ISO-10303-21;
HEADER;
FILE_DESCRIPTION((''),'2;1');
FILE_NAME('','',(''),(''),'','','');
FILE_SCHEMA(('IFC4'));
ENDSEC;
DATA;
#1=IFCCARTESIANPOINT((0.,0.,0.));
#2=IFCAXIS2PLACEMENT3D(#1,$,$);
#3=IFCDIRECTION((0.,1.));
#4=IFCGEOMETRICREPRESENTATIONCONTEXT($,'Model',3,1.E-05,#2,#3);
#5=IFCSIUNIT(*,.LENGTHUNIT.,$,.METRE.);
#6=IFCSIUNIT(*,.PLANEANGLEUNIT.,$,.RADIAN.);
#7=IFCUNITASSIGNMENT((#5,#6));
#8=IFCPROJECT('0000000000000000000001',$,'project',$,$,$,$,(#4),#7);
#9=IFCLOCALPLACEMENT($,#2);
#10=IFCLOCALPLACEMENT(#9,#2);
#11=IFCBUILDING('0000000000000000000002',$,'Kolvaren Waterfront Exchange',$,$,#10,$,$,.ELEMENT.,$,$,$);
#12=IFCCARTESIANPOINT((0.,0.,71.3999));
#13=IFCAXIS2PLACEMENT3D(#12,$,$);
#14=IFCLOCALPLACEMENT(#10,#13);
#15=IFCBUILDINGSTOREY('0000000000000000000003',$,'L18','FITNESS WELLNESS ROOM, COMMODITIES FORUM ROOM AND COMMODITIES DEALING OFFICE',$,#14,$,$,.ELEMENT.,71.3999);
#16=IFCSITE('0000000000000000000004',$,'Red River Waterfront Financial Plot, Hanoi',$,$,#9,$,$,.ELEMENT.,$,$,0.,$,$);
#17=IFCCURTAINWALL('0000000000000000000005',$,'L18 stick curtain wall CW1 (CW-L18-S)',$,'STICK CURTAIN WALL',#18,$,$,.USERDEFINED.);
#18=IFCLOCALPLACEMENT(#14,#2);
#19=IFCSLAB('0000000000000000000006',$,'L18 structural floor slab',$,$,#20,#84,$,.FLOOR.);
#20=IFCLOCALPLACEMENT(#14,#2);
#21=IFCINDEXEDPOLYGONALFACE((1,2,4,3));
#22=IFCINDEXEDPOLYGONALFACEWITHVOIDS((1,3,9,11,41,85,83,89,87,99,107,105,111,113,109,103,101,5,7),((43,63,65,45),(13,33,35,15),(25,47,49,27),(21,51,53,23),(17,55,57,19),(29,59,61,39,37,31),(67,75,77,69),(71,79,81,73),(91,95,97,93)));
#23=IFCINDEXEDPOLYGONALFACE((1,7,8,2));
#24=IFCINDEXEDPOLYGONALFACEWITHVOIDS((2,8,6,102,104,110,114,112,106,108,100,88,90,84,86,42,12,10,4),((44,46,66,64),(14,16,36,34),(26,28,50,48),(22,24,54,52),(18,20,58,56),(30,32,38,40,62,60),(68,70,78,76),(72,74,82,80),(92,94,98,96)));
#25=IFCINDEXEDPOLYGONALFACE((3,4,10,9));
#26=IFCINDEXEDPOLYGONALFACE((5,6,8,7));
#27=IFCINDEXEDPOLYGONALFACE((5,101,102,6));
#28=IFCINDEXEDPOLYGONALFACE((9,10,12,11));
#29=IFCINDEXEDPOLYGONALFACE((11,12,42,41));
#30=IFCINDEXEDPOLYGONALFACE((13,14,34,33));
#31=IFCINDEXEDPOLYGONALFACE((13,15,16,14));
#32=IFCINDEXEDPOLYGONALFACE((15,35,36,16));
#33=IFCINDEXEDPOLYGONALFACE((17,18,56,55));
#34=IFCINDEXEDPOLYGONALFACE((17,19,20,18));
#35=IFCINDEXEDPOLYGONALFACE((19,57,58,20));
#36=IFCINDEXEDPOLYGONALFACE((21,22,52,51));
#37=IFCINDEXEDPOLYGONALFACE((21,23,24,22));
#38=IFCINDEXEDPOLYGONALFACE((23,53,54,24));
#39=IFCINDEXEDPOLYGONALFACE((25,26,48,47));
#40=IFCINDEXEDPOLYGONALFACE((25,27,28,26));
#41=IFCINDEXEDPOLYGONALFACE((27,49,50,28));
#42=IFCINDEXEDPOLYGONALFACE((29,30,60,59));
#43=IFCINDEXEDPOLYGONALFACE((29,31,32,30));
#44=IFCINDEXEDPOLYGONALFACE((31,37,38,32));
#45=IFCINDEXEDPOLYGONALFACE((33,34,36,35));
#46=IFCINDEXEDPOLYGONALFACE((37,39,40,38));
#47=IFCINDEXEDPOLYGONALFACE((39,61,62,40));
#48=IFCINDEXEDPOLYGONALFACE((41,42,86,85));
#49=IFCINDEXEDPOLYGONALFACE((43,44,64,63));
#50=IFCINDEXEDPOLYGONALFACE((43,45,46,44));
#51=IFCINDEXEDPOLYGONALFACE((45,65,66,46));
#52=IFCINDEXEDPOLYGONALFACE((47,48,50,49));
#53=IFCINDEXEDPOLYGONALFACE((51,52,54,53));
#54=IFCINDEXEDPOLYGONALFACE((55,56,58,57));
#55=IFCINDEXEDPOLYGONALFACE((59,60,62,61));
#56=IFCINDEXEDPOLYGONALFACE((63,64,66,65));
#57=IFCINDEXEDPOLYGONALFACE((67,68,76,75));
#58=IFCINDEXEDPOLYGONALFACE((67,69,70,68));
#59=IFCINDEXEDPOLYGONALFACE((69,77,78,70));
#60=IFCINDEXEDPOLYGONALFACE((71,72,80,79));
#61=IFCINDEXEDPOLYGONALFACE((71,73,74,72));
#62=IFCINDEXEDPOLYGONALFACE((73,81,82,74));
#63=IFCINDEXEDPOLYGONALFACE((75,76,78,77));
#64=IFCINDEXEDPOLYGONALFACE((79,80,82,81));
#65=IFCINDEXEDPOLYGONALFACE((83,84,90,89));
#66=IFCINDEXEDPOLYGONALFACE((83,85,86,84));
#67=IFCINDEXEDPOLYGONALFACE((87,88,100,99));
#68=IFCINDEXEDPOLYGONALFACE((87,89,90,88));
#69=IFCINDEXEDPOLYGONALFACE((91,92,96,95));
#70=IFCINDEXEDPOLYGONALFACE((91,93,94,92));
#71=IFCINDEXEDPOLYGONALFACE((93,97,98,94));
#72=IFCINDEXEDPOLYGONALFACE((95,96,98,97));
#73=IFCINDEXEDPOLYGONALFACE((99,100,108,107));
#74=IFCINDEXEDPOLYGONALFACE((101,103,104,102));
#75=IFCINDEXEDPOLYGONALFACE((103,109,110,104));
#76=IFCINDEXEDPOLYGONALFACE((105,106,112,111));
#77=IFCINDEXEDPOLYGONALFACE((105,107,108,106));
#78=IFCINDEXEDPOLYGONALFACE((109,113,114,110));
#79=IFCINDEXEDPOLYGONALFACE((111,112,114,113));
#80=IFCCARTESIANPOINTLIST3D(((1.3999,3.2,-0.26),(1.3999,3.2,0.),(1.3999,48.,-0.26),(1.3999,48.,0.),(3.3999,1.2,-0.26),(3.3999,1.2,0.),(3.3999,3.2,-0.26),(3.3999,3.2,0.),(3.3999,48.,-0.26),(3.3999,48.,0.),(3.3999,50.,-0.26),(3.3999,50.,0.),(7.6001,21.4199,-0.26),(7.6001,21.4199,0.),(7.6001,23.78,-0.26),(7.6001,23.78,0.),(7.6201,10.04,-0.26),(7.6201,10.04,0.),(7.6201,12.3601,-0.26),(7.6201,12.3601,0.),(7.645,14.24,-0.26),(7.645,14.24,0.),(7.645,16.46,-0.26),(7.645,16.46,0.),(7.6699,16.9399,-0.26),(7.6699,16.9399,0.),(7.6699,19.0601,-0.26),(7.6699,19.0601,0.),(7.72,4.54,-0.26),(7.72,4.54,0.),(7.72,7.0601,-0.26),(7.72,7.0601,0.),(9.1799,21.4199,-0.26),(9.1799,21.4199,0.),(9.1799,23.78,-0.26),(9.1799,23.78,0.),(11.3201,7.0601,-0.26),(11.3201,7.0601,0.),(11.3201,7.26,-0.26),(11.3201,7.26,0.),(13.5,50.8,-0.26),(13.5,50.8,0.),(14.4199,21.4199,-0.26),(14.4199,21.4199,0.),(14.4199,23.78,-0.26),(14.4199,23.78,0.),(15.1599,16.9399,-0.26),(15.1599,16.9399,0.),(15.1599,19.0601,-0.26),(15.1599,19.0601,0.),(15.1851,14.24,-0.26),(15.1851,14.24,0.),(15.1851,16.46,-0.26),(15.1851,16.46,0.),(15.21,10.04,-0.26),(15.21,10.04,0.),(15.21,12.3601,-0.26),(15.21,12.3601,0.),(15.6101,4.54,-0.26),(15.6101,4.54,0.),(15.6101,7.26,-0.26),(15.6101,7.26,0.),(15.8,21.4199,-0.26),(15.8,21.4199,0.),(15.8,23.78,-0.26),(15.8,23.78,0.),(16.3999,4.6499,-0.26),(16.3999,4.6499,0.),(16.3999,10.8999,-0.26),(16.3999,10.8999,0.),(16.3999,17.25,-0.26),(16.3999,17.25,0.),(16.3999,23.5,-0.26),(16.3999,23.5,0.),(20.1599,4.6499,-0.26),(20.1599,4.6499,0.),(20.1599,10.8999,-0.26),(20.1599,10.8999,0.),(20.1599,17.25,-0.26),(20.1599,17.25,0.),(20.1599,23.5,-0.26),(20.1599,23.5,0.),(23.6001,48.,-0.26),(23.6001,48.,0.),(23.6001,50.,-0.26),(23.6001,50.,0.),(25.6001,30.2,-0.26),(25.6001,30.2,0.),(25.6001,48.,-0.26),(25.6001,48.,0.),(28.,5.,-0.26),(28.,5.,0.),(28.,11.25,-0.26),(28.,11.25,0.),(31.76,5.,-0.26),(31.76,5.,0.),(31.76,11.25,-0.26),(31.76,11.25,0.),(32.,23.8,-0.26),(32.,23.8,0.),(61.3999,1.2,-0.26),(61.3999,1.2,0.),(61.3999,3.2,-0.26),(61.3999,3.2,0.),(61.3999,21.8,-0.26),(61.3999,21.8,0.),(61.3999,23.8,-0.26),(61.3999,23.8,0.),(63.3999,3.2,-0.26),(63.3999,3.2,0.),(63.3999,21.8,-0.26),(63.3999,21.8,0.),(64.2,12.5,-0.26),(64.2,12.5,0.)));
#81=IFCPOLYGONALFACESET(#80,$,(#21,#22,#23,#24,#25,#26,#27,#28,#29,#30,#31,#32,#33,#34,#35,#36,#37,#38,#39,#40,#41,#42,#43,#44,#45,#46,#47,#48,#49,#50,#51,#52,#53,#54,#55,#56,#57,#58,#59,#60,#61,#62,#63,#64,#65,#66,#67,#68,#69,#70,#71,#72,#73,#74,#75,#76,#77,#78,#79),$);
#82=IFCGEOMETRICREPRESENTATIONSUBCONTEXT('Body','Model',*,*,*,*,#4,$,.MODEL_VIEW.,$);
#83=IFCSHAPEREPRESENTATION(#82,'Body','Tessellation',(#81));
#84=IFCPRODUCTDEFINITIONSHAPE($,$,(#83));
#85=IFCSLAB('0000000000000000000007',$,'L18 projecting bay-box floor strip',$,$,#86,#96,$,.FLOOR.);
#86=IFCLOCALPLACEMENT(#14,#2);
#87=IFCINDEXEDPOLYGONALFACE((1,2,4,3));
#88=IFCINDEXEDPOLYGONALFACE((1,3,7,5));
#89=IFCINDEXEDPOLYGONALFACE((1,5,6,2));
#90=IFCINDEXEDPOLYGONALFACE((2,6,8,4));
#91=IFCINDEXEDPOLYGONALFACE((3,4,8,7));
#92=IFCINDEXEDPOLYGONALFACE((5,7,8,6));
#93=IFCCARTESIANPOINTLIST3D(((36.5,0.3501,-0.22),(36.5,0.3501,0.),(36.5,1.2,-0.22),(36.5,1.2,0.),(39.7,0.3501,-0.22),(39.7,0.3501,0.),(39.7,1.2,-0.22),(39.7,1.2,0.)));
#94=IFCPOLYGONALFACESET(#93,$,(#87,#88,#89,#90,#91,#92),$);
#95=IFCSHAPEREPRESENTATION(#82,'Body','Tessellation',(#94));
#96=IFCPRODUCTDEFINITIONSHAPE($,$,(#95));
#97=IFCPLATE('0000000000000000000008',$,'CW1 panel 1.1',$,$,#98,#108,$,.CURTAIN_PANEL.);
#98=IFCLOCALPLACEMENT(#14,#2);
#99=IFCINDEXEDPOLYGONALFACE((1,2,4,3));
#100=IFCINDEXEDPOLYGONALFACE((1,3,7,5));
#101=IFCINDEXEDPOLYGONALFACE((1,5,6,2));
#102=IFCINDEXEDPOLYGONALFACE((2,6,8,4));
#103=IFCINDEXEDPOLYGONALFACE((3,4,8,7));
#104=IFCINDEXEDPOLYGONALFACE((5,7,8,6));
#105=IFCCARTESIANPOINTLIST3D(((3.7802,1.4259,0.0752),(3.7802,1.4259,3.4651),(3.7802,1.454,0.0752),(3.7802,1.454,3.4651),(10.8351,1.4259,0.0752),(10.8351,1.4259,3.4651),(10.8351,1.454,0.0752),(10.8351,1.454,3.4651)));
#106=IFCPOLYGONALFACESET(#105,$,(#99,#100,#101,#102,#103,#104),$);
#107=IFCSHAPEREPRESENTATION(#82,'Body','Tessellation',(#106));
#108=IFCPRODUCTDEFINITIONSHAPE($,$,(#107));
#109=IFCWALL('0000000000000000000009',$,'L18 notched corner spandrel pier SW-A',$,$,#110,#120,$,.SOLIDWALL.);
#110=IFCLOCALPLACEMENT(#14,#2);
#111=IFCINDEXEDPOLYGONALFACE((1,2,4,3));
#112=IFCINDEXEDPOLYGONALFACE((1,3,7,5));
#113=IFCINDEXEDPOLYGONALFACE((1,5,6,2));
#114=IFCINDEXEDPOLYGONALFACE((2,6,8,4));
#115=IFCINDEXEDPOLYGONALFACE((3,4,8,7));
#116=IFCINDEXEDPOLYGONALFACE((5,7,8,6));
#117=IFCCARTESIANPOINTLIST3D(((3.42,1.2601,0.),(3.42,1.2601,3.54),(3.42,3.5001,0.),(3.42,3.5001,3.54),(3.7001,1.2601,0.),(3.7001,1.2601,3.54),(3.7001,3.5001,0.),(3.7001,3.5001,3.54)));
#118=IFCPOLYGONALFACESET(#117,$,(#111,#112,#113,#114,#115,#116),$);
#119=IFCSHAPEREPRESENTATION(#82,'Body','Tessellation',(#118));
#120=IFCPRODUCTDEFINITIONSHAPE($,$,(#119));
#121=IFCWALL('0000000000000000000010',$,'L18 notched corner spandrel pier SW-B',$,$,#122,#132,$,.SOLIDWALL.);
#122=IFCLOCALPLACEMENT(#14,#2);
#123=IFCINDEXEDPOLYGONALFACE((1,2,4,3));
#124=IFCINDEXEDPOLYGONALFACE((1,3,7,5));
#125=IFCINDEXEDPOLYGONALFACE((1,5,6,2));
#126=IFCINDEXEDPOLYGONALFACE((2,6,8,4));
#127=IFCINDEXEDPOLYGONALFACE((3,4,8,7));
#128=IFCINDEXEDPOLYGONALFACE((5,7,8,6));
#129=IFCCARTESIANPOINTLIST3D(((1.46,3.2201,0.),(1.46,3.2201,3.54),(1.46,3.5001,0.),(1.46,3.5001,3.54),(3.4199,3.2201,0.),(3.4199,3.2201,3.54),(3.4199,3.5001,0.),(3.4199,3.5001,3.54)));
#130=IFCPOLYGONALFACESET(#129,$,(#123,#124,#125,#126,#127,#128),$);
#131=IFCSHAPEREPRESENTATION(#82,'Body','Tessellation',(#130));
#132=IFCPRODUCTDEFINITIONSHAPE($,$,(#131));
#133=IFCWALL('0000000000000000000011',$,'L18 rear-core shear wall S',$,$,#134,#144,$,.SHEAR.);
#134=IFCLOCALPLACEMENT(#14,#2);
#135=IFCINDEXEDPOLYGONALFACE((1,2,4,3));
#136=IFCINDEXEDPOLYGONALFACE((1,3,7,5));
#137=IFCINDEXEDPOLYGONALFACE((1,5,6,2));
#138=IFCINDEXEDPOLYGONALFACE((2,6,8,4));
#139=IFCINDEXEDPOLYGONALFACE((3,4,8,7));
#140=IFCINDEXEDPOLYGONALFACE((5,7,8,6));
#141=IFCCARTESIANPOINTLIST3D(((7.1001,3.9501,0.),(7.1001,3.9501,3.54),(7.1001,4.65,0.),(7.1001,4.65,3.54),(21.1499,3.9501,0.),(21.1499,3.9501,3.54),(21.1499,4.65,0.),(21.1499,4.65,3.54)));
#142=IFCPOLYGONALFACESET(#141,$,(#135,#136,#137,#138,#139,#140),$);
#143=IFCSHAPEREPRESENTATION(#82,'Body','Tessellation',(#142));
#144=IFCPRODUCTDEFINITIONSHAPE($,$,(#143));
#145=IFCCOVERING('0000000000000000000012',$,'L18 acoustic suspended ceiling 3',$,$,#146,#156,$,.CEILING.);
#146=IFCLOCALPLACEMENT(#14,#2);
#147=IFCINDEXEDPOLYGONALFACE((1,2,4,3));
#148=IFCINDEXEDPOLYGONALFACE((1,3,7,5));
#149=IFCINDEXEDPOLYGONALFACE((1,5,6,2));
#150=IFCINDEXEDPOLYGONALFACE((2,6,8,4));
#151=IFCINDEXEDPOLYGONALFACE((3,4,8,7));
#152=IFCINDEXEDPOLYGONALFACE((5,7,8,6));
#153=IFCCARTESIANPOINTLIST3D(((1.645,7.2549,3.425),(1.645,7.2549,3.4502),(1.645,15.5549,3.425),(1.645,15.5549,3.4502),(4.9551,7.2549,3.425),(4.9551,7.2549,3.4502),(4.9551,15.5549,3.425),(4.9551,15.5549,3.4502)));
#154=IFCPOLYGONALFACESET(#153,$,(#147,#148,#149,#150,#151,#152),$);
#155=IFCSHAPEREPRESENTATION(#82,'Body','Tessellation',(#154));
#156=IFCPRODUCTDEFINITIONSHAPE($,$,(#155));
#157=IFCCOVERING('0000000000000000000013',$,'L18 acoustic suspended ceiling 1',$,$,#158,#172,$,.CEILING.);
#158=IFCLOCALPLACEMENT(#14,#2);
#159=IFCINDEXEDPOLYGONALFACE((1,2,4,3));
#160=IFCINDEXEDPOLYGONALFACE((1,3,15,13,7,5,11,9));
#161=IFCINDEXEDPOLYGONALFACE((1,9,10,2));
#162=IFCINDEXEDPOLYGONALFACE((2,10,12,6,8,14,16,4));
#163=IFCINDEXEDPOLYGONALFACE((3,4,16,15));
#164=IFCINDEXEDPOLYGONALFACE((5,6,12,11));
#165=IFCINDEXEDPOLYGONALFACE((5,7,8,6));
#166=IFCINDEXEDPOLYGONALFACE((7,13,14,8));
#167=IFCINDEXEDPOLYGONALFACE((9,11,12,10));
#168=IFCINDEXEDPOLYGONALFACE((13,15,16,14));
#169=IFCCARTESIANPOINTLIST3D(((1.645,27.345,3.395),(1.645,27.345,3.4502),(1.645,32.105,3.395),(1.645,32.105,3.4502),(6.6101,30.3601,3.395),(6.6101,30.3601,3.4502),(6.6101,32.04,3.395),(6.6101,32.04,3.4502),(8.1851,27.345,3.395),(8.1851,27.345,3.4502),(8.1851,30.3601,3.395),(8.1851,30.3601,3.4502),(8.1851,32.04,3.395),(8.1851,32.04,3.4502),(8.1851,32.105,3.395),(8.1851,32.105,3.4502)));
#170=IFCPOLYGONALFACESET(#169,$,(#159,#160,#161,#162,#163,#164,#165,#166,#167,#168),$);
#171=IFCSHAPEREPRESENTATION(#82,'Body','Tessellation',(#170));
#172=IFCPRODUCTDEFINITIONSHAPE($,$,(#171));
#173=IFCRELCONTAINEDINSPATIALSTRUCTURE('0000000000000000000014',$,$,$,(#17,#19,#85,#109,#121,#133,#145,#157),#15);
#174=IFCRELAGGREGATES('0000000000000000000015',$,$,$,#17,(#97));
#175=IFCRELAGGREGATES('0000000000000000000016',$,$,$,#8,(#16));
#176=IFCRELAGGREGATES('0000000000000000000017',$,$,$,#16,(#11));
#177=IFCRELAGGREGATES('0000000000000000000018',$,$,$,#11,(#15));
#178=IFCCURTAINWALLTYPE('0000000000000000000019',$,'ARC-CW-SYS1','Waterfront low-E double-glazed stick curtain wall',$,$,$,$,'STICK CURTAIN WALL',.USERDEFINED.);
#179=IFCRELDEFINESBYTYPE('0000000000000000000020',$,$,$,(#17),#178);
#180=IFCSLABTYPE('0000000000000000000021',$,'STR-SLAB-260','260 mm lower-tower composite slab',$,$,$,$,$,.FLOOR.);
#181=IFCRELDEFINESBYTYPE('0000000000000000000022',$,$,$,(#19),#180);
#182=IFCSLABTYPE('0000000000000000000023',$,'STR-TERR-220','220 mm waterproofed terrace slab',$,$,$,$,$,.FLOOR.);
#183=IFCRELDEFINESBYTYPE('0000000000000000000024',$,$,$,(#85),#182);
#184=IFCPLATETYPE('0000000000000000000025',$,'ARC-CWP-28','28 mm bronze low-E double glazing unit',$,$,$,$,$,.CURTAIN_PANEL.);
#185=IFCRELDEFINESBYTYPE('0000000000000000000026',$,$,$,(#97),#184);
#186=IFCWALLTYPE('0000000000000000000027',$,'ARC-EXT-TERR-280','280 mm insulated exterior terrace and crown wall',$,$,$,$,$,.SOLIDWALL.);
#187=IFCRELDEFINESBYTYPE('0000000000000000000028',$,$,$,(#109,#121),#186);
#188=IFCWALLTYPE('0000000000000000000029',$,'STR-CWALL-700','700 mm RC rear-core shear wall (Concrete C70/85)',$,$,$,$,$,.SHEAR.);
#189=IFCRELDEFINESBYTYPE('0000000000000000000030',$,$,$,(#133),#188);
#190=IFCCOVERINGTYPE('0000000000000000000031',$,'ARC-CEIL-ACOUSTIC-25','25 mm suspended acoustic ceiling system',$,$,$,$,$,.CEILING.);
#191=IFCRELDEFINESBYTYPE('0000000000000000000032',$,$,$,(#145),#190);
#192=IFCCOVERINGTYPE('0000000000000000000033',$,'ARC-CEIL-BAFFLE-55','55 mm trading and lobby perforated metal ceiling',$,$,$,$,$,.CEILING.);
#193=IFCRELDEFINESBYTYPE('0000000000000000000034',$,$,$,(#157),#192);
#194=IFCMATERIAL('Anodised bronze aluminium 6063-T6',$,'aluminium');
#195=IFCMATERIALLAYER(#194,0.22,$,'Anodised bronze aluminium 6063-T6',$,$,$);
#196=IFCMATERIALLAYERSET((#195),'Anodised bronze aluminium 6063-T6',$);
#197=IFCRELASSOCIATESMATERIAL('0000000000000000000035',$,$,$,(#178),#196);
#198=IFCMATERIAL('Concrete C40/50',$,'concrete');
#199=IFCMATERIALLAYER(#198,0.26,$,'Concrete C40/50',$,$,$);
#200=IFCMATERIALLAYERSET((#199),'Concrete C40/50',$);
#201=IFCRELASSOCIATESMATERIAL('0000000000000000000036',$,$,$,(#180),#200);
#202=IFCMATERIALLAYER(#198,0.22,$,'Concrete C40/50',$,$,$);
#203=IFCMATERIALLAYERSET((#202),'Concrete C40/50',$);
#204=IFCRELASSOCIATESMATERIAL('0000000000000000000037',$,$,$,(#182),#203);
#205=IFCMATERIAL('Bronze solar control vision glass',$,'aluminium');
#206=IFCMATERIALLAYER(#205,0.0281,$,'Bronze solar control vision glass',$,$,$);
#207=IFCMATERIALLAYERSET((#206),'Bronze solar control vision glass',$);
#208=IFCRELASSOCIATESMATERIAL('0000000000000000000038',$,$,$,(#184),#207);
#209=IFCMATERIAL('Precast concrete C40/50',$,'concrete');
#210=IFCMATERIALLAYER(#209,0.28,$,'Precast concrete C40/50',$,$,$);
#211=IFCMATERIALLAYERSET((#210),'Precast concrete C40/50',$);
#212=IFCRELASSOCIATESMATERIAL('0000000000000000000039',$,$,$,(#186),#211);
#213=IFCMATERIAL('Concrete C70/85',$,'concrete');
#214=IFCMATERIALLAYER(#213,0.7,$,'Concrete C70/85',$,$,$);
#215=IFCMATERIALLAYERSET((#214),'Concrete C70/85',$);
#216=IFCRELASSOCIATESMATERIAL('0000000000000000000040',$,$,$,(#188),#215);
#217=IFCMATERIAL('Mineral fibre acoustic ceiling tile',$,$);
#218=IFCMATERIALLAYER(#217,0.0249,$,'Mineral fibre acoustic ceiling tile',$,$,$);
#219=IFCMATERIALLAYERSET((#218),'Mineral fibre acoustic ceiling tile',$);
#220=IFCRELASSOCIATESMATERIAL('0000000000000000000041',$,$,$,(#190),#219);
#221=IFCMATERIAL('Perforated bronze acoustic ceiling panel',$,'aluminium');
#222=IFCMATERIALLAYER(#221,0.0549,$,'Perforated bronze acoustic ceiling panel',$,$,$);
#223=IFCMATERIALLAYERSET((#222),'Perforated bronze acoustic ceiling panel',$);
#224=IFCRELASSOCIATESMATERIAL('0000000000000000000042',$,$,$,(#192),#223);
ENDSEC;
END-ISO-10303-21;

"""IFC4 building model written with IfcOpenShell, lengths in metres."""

from ifc_helpers import new_model, si_unit, direction, frame, frame_2d, origin, origin_with_axes, origin_2d, place, context, subcontext, project, spatial, polyline, rectangle, outline, extrude, source, transform, mapped, material, layer, layer_set, type_object, element, aggregate, save


model = new_model("IFC4")

# Units and contexts
model_context = context("Model", 3, precision=1e-05, world=origin(), true_north=direction((0.0, 1.0)))
body_context = subcontext(model_context, "Body", "Model", "MODEL_VIEW")
ifc_project = project(units=[si_unit("LENGTHUNIT", "METRE"), si_unit("PLANEANGLEUNIT", "RADIAN")], contexts=[model_context])

# Site, building, storey
site_placement = place(None, origin())
site = spatial("IfcSite", under=ifc_project, at=site_placement, Name="Red River Waterfront Financial Plot, Hanoi", CompositionType="ELEMENT", RefElevation=0.0)
building_placement = place(site_placement, origin())
building = spatial("IfcBuilding", under=site, at=building_placement, Name="Kolvaren Waterfront Exchange", CompositionType="ELEMENT")
storey_placement = place(building_placement, frame((0.0, 0.0, 71.3999)))
storey = spatial("IfcBuildingStorey", under=building, at=storey_placement, Name="L18", Description="FITNESS WELLNESS ROOM, COMMODITIES FORUM ROOM AND COMMODITIES DEALING OFFICE", CompositionType="ELEMENT", Elevation=71.3999)

# Curtain wall
ifc_material_1 = material(Name="Anodised bronze aluminium 6063-T6", Category="aluminium")
ifc_layer_1 = layer(ifc_material_1, 0.22, Name="Anodised bronze aluminium 6063-T6")
ifc_layer_set_1 = layer_set([ifc_layer_1], Name="Anodised bronze aluminium 6063-T6")
curtain_wall_type_1 = type_object("IfcCurtainWallType", Name="ARC-CW-SYS1", Description="Waterfront low-E double-glazed stick curtain wall", ElementType="STICK CURTAIN WALL", PredefinedType="USERDEFINED", material=ifc_layer_set_1)
curtain_wall_1_placement = place(storey_placement, origin())
curtain_wall_1 = element("IfcCurtainWall", 1, at=curtain_wall_1_placement, inside=storey, type_object=curtain_wall_type_1, Name="L18 stick curtain wall CW1 (CW-L18-S)", ObjectType="STICK CURTAIN WALL", PredefinedType="USERDEFINED")

# Shared definitions
ifc_material_2 = material(Name="Concrete C40/50", Category="concrete")

# Slabs
ifc_layer_2 = layer(ifc_material_2, 0.26, Name="Concrete C40/50")
ifc_layer_set_2 = layer_set([ifc_layer_2], Name="Concrete C40/50")
slab_type_1 = type_object("IfcSlabType", Name="STR-SLAB-260", Description="260 mm lower-tower composite slab", PredefinedType="FLOOR", material=ifc_layer_set_2)
slab_1_placement = place(storey_placement, frame((0.0, 0.0, -0.26)))
element("IfcSlab", 2, at=slab_1_placement, inside=storey, type_object=slab_type_1, Name="L18 structural floor slab", PredefinedType="FLOOR", context=body_context, shape_type="SweptSolid", body=[
    extrude(outline(polyline([(3.3999, 1.2), (61.3999, 1.2), (61.3999, 3.2), (63.3999, 3.2), (64.2, 12.5), (63.3999, 21.8), (61.3999, 21.8), (61.3999, 23.8), (32.0, 23.8), (25.6001, 30.2), (25.6001, 48.0), (23.6001, 48.0), (23.6001, 50.0), (13.5, 50.8), (3.3999, 50.0), (3.3999, 48.0), (1.3999, 48.0), (1.3999, 3.2), (3.3999, 3.2), (3.3999, 1.2)]), holes=[polyline([(11.3201, 7.26), (15.6101, 7.26), (15.6101, 4.54), (7.72, 4.54), (7.72, 7.0601), (11.3201, 7.0601), (11.3201, 7.26)]), polyline([(20.1599, 4.6499), (16.3999, 4.6499), (16.3999, 10.8999), (20.1599, 10.8999), (20.1599, 4.6499)]), polyline([(31.76, 5.0), (28.0, 5.0), (28.0, 11.25), (31.76, 11.25), (31.76, 5.0)]), polyline([(15.21, 10.04), (7.6201, 10.04), (7.6201, 12.3601), (15.21, 12.3601), (15.21, 10.04)]), polyline([(7.645, 16.46), (15.1851, 16.46), (15.1851, 14.24), (7.645, 14.24), (7.645, 16.46)]), polyline([(15.1599, 16.9399), (7.6699, 16.9399), (7.6699, 19.0601), (15.1599, 19.0601), (15.1599, 16.9399)]), polyline([(16.3999, 23.5), (20.1599, 23.5), (20.1599, 17.25), (16.3999, 17.25), (16.3999, 23.5)]), polyline([(7.6001, 23.78), (9.1799, 23.78), (9.1799, 21.4199), (7.6001, 21.4199), (7.6001, 23.78)]), polyline([(15.8, 23.78), (15.8, 21.4199), (14.4199, 21.4199), (14.4199, 23.78), (15.8, 23.78)])]), origin(), (0.0, 0.0, 1.0), 0.26),
])
ifc_layer_3 = layer(ifc_material_2, 0.22, Name="Concrete C40/50")
ifc_layer_set_3 = layer_set([ifc_layer_3], Name="Concrete C40/50")
slab_type_2 = type_object("IfcSlabType", Name="STR-TERR-220", Description="220 mm waterproofed terrace slab", PredefinedType="FLOOR", material=ifc_layer_set_3)
slab_2_placement = place(storey_placement, frame((0.0, 0.0, -0.22)))
element("IfcSlab", 3, at=slab_2_placement, inside=storey, type_object=slab_type_2, Name="L18 projecting bay-box floor strip", PredefinedType="FLOOR", context=body_context, shape_type="SweptSolid", body=[
    extrude(outline(polyline([(36.5, 0.3501), (39.7, 0.3501), (39.7, 1.2), (36.5, 1.2), (36.5, 0.3501)])), origin(), (0.0, 0.0, 1.0), 0.22),
])

# Plate
ifc_material_3 = material(Name="Bronze solar control vision glass", Category="aluminium")
ifc_layer_4 = layer(ifc_material_3, 0.0281, Name="Bronze solar control vision glass")
ifc_layer_set_4 = layer_set([ifc_layer_4], Name="Bronze solar control vision glass")
plate_type = type_object("IfcPlateType", Name="ARC-CWP-28", Description="28 mm bronze low-E double glazing unit", PredefinedType="CURTAIN_PANEL", material=ifc_layer_set_4)
shared_shape_1 = source(origin_with_axes(), body_context, "Body", "SweptSolid", [
    extrude(rectangle(XDim=7.0549, YDim=0.0281, at=origin_2d()), origin(), (0.0, 0.0, 1.0), 3.3899),
])
plate_placement = place(storey_placement, frame((7.3076, 1.4399, 0.0752), z_axis=(0.0, 0.0, 1.0), x_axis=(1.0, 0.0, 0.0)))
plate = element("IfcPlate", 4, at=plate_placement, type_object=plate_type, Name="CW1 panel 1.1", PredefinedType="CURTAIN_PANEL", context=body_context, shape_type="MappedRepresentation", body=[
    mapped(shared_shape_1, transform((0.0, 0.0, 0.0), x_axis=(1.0, 0.0, 0.0), y_axis=(0.0, 1.0, 0.0), z_axis=(0.0, 0.0, 1.0), scale=1.0)),
])
aggregate(curtain_wall_1, [plate])

# Walls
ifc_material_4 = material(Name="Precast concrete C40/50", Category="concrete")
ifc_layer_5 = layer(ifc_material_4, 0.28, Name="Precast concrete C40/50")
ifc_layer_set_5 = layer_set([ifc_layer_5], Name="Precast concrete C40/50")
wall_type_1 = type_object("IfcWallType", Name="ARC-EXT-TERR-280", Description="280 mm insulated exterior terrace and crown wall", PredefinedType="SOLIDWALL", material=ifc_layer_set_5)
wall_1_placement = place(storey_placement, frame((3.5601, 1.26, 0.0), z_axis=(0.0, 0.0, 1.0), x_axis=(0.0, 1.0, 0.0)))
element("IfcWall", 5, at=wall_1_placement, inside=storey, type_object=wall_type_1, Name="L18 notched corner spandrel pier SW-A", PredefinedType="SOLIDWALL", context=body_context, shape_type="SweptSolid", body=[
    extrude(rectangle(XDim=2.24, YDim=0.28, at=frame_2d((1.1201, 0.0))), origin(), (0.0, 0.0, 1.0), 3.54),
])
wall_2_placement = place(storey_placement, frame((1.46, 3.3601, 0.0), z_axis=(0.0, 0.0, 1.0), x_axis=(1.0, 0.0, 0.0)))
element("IfcWall", 6, at=wall_2_placement, inside=storey, type_object=wall_type_1, Name="L18 notched corner spandrel pier SW-B", PredefinedType="SOLIDWALL", context=body_context, shape_type="SweptSolid", body=[
    extrude(rectangle(XDim=1.96, YDim=0.28, at=frame_2d((0.98, 0.0))), origin(), (0.0, 0.0, 1.0), 3.54),
])
ifc_material_5 = material(Name="Concrete C70/85", Category="concrete")
ifc_layer_6 = layer(ifc_material_5, 0.7, Name="Concrete C70/85")
ifc_layer_set_6 = layer_set([ifc_layer_6], Name="Concrete C70/85")
wall_type_2 = type_object("IfcWallType", Name="STR-CWALL-700", Description="700 mm RC rear-core shear wall (Concrete C70/85)", PredefinedType="SHEAR", material=ifc_layer_set_6)
wall_3_placement = place(storey_placement, frame((7.1001, 4.3, 0.0), z_axis=(0.0, 0.0, 1.0), x_axis=(1.0, 0.0, 0.0)))
element("IfcWall", 7, at=wall_3_placement, inside=storey, type_object=wall_type_2, Name="L18 rear-core shear wall S", PredefinedType="SHEAR", context=body_context, shape_type="SweptSolid", body=[
    extrude(rectangle(XDim=14.0498, YDim=0.7, at=frame_2d((7.0249, 0.0))), origin(), (0.0, 0.0, 1.0), 3.54),
])

# Coverings
ifc_material_6 = material(Name="Mineral fibre acoustic ceiling tile")
ifc_layer_7 = layer(ifc_material_6, 0.0249, Name="Mineral fibre acoustic ceiling tile")
ifc_layer_set_7 = layer_set([ifc_layer_7], Name="Mineral fibre acoustic ceiling tile")
covering_type_1 = type_object("IfcCoveringType", Name="ARC-CEIL-ACOUSTIC-25", Description="25 mm suspended acoustic ceiling system", PredefinedType="CEILING", material=ifc_layer_set_7)
covering_1_placement = place(storey_placement, frame((0.0, 0.0, 3.425)))
element("IfcCovering", 8, at=covering_1_placement, inside=storey, type_object=covering_type_1, Name="L18 acoustic suspended ceiling 3", PredefinedType="CEILING", context=body_context, shape_type="SweptSolid", body=[
    extrude(outline(polyline([(1.645, 7.2549), (4.9551, 7.2549), (4.9551, 15.5549), (1.645, 15.5549), (1.645, 7.2549)])), origin(), (0.0, 0.0, 1.0), 0.0251),
])
ifc_material_7 = material(Name="Perforated bronze acoustic ceiling panel", Category="aluminium")
ifc_layer_8 = layer(ifc_material_7, 0.0549, Name="Perforated bronze acoustic ceiling panel")
ifc_layer_set_8 = layer_set([ifc_layer_8], Name="Perforated bronze acoustic ceiling panel")
covering_type_2 = type_object("IfcCoveringType", Name="ARC-CEIL-BAFFLE-55", Description="55 mm trading and lobby perforated metal ceiling", PredefinedType="CEILING", material=ifc_layer_set_8)
covering_2_placement = place(storey_placement, frame((0.0, 0.0, 3.395)))
element("IfcCovering", 9, at=covering_2_placement, inside=storey, type_object=covering_type_2, Name="L18 acoustic suspended ceiling 1", PredefinedType="CEILING", context=body_context, shape_type="SweptSolid", body=[
    extrude(outline(polyline([(8.1851, 30.3601), (6.6101, 30.3601), (6.6101, 32.04), (8.1851, 32.04), (8.1851, 32.105), (1.645, 32.105), (1.645, 27.345), (8.1851, 27.345), (8.1851, 30.3601)])), origin(), (0.0, 0.0, 1.0), 0.0552),
])

save(model, "model.ifc")
